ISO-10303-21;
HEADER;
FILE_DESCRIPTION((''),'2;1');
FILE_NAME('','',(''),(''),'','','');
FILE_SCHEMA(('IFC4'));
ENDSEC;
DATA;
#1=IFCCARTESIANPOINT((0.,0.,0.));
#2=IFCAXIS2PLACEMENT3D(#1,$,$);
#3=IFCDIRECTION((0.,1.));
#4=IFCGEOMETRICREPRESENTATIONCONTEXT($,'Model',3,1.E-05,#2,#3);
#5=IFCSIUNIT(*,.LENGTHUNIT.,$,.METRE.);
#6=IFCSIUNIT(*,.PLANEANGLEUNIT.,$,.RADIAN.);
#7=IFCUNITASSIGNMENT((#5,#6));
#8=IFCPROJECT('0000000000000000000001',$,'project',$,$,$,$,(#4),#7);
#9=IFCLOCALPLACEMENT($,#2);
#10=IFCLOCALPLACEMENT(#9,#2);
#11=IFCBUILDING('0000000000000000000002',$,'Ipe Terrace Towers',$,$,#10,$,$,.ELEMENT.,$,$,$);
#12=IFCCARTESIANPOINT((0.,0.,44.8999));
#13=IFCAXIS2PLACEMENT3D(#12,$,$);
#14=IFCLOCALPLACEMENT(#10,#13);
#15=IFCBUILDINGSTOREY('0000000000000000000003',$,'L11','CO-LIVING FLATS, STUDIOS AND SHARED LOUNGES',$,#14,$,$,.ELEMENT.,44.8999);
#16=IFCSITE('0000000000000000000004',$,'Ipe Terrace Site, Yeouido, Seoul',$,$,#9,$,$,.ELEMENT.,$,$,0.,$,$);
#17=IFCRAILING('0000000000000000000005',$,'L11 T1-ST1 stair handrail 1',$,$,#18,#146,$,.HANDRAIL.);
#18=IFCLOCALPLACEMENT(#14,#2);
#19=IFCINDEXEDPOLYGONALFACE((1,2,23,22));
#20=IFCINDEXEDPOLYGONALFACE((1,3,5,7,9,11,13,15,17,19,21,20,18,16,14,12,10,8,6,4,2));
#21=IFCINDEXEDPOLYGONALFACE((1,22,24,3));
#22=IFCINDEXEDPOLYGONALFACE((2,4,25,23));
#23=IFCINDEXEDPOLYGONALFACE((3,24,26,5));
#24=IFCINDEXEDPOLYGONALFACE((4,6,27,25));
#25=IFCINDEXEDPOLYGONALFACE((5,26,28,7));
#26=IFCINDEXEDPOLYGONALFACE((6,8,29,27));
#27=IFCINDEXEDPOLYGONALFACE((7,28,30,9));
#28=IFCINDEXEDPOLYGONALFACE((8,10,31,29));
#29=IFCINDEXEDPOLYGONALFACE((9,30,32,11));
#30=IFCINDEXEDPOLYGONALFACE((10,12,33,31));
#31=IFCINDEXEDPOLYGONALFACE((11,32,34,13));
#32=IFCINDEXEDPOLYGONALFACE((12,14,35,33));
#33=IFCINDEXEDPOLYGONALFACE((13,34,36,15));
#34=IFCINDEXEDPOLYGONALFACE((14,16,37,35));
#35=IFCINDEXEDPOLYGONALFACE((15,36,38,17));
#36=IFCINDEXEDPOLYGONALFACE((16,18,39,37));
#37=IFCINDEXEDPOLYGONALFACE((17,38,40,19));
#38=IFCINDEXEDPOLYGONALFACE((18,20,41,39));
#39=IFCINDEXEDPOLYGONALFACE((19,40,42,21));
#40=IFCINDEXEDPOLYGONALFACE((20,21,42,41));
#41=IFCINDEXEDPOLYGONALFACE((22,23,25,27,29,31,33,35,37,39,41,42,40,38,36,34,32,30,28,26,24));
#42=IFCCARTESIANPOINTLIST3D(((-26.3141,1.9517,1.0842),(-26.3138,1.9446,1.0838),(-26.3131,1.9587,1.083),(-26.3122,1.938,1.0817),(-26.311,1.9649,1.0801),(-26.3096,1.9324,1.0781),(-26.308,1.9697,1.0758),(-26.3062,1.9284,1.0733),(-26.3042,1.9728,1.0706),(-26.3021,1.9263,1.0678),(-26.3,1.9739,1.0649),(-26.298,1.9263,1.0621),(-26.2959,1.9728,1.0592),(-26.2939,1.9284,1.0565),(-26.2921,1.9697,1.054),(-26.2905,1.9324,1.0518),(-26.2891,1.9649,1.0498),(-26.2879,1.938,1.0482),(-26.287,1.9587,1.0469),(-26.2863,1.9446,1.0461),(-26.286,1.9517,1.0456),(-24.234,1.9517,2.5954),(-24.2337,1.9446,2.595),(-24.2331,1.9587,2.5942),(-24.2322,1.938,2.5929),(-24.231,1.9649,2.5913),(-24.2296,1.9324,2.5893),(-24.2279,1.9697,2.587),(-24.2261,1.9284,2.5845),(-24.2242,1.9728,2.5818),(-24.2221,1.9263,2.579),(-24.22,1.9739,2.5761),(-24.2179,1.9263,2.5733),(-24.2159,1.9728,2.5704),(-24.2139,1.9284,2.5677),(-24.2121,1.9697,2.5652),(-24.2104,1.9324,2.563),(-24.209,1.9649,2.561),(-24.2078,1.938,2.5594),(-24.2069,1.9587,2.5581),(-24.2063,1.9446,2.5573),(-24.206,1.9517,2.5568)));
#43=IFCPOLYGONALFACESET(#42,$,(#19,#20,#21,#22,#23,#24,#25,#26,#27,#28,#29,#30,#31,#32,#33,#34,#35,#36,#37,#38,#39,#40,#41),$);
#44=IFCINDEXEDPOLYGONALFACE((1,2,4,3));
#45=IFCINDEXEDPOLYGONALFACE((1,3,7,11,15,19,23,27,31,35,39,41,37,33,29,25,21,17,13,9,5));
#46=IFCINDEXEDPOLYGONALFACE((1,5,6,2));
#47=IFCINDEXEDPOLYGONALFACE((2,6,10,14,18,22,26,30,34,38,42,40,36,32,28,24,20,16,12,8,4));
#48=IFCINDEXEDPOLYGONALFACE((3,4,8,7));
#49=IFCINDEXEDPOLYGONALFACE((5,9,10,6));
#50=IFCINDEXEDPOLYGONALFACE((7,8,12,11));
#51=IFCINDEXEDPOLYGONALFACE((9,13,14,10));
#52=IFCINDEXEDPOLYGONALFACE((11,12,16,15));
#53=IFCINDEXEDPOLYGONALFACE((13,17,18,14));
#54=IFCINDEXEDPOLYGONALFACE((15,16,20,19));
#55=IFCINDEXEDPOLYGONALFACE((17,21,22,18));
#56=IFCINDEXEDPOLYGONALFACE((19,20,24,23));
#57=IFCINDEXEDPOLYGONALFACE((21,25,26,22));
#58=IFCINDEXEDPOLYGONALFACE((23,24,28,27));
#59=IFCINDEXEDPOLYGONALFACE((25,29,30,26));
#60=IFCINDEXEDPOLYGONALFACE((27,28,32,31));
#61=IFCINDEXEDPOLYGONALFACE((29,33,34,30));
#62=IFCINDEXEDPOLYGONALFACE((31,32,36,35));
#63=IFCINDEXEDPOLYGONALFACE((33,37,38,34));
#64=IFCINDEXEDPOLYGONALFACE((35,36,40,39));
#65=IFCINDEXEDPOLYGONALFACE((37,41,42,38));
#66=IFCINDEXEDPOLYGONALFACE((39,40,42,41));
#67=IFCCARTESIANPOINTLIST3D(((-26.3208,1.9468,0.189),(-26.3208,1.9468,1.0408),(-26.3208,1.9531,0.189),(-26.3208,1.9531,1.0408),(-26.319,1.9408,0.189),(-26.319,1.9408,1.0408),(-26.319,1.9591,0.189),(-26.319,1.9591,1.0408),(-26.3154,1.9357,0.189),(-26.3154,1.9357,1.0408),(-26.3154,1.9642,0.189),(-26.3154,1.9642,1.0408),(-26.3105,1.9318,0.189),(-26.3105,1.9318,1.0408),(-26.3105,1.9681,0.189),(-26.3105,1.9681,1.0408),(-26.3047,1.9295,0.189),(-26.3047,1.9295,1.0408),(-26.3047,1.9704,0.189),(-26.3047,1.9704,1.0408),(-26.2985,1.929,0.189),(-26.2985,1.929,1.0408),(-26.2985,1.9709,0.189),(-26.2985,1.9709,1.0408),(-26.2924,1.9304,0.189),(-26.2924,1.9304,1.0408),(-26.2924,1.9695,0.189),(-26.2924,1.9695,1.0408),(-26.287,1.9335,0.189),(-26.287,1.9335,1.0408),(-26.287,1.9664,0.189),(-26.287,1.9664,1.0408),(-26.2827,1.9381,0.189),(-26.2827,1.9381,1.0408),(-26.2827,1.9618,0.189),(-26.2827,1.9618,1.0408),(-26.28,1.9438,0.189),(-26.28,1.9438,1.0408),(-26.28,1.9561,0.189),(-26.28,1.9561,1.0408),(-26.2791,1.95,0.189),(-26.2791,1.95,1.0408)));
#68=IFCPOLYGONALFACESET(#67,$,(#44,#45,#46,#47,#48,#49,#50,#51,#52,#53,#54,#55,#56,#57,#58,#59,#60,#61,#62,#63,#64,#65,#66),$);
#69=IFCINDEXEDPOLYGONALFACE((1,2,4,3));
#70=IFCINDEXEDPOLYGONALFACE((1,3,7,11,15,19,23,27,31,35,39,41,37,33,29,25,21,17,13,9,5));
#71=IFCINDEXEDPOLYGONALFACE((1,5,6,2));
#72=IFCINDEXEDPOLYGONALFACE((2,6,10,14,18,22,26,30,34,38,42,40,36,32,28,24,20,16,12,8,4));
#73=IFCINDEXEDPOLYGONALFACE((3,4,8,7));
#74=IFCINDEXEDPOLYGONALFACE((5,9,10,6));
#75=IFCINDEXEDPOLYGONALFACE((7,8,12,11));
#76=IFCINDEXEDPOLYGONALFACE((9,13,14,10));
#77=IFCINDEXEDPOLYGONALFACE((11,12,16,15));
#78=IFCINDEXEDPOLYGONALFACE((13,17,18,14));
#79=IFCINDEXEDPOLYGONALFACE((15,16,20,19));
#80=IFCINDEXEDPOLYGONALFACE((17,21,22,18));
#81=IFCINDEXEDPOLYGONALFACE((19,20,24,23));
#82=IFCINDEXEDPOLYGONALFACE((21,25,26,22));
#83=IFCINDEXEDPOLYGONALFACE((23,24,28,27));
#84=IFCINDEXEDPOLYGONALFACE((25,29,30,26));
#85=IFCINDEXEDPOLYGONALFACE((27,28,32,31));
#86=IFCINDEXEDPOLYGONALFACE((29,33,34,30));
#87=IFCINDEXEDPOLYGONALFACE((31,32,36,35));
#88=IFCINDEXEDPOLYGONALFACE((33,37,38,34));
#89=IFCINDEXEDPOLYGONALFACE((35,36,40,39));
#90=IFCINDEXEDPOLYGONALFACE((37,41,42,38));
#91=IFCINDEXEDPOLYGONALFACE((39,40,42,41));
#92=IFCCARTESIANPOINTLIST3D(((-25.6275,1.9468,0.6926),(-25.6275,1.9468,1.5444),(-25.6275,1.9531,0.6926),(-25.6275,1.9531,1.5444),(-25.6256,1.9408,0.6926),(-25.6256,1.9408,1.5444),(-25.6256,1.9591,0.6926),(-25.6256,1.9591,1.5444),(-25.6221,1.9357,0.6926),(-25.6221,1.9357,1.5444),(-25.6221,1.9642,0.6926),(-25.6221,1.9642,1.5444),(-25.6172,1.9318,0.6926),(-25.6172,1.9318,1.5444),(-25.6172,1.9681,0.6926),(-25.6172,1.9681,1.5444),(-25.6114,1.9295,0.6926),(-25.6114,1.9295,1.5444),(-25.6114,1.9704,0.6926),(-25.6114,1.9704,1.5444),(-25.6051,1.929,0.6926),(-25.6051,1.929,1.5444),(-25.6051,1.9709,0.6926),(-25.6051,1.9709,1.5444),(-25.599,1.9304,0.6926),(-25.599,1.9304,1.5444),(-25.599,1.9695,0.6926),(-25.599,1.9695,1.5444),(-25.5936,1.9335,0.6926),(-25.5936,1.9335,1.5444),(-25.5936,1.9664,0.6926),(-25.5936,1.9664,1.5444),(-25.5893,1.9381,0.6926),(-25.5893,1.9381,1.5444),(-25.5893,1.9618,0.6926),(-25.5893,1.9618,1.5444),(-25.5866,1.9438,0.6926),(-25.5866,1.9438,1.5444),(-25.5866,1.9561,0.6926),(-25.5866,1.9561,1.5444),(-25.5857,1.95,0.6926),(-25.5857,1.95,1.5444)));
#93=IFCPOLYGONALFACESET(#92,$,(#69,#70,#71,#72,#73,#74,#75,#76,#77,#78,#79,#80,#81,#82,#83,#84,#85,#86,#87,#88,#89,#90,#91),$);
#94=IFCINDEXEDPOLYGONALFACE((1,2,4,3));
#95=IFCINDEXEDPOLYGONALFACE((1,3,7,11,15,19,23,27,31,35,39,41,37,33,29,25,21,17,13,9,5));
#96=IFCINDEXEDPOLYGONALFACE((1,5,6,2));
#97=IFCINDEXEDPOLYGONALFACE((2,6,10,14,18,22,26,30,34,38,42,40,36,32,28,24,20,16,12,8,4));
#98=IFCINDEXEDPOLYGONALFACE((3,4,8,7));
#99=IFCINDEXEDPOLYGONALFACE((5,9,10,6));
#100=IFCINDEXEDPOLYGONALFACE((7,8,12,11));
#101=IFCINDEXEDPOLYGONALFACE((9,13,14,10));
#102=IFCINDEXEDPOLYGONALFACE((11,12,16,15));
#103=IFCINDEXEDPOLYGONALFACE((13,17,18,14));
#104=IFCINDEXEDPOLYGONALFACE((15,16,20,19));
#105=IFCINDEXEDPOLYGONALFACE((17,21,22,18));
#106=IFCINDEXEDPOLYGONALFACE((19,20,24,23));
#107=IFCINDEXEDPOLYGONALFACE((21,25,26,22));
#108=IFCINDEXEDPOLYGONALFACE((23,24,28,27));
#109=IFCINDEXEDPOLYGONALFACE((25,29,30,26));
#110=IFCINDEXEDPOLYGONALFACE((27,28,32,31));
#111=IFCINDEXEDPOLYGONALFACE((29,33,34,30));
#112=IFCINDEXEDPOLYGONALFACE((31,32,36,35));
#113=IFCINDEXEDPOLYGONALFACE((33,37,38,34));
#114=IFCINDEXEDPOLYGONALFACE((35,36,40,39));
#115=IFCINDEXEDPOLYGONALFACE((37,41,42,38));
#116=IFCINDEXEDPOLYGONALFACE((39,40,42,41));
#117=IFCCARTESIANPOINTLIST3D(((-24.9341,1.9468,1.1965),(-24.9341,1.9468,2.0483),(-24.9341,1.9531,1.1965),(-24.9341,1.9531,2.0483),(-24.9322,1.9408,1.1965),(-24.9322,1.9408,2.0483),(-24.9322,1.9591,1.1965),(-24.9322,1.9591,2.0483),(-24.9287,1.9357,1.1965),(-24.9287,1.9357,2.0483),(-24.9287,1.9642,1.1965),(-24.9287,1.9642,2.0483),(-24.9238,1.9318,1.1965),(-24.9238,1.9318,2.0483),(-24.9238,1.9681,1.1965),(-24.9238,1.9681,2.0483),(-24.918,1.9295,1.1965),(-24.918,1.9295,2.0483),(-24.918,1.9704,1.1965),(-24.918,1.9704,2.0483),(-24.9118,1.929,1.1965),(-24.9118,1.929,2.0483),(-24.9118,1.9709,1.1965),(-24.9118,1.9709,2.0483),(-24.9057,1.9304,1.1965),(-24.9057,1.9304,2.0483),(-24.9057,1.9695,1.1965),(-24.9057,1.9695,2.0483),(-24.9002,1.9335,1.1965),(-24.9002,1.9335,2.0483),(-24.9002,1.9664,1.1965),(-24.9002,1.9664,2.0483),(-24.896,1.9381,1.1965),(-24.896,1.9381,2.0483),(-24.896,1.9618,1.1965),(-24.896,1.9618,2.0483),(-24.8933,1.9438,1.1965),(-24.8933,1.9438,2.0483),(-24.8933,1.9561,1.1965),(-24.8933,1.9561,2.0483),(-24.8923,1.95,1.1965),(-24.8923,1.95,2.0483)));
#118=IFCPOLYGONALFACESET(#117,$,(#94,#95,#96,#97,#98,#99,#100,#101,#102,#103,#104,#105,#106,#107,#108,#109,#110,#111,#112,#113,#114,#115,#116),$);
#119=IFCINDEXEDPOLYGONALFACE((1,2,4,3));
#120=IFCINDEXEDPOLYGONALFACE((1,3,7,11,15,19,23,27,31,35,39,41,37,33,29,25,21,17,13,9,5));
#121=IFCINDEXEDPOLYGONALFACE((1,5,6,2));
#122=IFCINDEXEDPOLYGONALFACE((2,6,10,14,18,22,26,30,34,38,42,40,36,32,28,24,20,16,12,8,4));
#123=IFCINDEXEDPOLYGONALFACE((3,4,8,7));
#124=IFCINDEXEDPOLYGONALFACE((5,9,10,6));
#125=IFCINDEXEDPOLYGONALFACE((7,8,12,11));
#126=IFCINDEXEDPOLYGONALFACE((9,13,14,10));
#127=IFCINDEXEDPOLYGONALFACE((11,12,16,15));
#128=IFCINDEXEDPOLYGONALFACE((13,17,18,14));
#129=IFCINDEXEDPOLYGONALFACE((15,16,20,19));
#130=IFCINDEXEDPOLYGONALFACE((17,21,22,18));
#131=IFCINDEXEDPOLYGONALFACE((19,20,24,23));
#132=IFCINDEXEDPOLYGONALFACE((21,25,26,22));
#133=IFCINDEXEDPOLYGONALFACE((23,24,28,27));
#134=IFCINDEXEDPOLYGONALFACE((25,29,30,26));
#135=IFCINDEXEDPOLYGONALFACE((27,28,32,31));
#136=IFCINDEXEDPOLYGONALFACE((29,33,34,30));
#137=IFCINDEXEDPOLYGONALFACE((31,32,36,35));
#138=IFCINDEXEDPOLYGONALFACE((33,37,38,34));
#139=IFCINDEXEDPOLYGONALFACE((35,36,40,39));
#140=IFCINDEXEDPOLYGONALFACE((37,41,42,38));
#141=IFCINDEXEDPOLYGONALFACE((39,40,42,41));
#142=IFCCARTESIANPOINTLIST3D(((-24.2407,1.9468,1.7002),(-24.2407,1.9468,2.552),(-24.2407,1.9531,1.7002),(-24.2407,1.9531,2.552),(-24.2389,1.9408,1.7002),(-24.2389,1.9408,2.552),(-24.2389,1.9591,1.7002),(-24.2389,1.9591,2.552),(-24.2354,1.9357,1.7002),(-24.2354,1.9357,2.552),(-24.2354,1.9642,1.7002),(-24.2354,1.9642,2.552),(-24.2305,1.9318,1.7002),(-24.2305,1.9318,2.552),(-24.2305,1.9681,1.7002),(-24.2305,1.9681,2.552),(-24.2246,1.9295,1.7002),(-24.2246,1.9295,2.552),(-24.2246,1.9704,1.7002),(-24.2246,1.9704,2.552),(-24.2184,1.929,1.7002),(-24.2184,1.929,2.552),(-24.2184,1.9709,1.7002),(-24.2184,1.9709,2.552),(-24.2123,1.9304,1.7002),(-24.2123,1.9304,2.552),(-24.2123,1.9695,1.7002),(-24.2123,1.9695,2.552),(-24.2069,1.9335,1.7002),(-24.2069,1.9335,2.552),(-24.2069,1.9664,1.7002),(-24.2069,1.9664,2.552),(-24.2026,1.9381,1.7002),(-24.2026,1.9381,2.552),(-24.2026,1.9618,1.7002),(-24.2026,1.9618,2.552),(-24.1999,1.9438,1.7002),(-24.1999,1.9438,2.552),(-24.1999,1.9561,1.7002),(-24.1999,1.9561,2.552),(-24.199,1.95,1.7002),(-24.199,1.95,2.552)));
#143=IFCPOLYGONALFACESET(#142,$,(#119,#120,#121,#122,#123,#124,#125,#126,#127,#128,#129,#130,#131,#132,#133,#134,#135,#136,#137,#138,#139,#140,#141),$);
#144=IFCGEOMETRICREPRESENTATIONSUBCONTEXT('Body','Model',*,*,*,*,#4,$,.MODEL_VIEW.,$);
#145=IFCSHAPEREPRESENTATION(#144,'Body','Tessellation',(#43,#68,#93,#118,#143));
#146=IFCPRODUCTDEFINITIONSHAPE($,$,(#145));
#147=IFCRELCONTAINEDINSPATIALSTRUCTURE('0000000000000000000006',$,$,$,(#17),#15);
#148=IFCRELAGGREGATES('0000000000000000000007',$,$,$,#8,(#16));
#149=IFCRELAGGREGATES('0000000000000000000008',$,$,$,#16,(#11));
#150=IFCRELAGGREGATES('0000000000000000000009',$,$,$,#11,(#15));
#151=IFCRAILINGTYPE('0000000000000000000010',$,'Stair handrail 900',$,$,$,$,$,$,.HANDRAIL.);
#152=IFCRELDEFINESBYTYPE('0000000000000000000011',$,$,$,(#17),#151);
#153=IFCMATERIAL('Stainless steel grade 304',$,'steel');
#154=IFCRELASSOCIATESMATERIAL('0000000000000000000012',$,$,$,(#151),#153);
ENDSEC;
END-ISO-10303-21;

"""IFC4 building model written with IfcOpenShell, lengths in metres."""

from ifc_helpers import new_model, si_unit, direction, frame, origin, origin_2d, place, context, subcontext, project, spatial, circle, extrude, material, type_object, element, save


model = new_model("IFC4")

# Units and contexts
model_context = context("Model", 3, precision=1e-05, world=origin(), true_north=direction((0.0, 1.0)))
body_context = subcontext(model_context, "Body", "Model", "MODEL_VIEW")
ifc_project = project(units=[si_unit("LENGTHUNIT", "METRE"), si_unit("PLANEANGLEUNIT", "RADIAN")], contexts=[model_context])

# Site, building, storey
site_placement = place(None, origin())
site = spatial("IfcSite", under=ifc_project, at=site_placement, Name="Ipe Terrace Site, Yeouido, Seoul", CompositionType="ELEMENT", RefElevation=0.0)
building_placement = place(site_placement, origin())
building = spatial("IfcBuilding", under=site, at=building_placement, Name="Ipe Terrace Towers", CompositionType="ELEMENT")
storey_placement = place(building_placement, frame((0.0, 0.0, 44.8999)))
storey = spatial("IfcBuildingStorey", under=building, at=storey_placement, Name="L11", Description="CO-LIVING FLATS, STUDIOS AND SHARED LOUNGES", CompositionType="ELEMENT", Elevation=44.8999)

# Railing
ifc_material_1 = material(Name="Stainless steel grade 304", Category="steel")
railing_type_1 = type_object("IfcRailingType", Name="Stair handrail 900", PredefinedType="HANDRAIL", material=ifc_material_1)
railing_1_placement = place(storey_placement, frame((-26.3, 1.95, 0.189)))
element("IfcRailing", 1, at=railing_1_placement, inside=storey, type_object=railing_type_1, Name="L11 T1-ST1 stair handrail 1", PredefinedType="HANDRAIL", context=body_context, shape_type="SweptSolid", body=[
    extrude(circle(Radius=0.0239, at=origin_2d()), frame((0.0, 0.0, 0.876), z_axis=(0.809023, 0.0, 0.587776), x_axis=(0.0, 1.0, 0.0)), (0.0, 0.0, 1.0), 2.571),
    extrude(circle(Radius=0.021, at=origin_2d()), origin(), (0.0, 0.0, 1.0), 0.8518),
    extrude(circle(Radius=0.021, at=origin_2d()), frame((0.6934, 0.0, 0.5037)), (0.0, 0.0, 1.0), 0.8518),
    extrude(circle(Radius=0.021, at=origin_2d()), frame((1.3867, 0.0, 1.0076)), (0.0, 0.0, 1.0), 0.8518),
    extrude(circle(Radius=0.021, at=origin_2d()), frame((2.0801, 0.0, 1.5112)), (0.0, 0.0, 1.0), 0.8518),
])

save(model, "model.ifc")
